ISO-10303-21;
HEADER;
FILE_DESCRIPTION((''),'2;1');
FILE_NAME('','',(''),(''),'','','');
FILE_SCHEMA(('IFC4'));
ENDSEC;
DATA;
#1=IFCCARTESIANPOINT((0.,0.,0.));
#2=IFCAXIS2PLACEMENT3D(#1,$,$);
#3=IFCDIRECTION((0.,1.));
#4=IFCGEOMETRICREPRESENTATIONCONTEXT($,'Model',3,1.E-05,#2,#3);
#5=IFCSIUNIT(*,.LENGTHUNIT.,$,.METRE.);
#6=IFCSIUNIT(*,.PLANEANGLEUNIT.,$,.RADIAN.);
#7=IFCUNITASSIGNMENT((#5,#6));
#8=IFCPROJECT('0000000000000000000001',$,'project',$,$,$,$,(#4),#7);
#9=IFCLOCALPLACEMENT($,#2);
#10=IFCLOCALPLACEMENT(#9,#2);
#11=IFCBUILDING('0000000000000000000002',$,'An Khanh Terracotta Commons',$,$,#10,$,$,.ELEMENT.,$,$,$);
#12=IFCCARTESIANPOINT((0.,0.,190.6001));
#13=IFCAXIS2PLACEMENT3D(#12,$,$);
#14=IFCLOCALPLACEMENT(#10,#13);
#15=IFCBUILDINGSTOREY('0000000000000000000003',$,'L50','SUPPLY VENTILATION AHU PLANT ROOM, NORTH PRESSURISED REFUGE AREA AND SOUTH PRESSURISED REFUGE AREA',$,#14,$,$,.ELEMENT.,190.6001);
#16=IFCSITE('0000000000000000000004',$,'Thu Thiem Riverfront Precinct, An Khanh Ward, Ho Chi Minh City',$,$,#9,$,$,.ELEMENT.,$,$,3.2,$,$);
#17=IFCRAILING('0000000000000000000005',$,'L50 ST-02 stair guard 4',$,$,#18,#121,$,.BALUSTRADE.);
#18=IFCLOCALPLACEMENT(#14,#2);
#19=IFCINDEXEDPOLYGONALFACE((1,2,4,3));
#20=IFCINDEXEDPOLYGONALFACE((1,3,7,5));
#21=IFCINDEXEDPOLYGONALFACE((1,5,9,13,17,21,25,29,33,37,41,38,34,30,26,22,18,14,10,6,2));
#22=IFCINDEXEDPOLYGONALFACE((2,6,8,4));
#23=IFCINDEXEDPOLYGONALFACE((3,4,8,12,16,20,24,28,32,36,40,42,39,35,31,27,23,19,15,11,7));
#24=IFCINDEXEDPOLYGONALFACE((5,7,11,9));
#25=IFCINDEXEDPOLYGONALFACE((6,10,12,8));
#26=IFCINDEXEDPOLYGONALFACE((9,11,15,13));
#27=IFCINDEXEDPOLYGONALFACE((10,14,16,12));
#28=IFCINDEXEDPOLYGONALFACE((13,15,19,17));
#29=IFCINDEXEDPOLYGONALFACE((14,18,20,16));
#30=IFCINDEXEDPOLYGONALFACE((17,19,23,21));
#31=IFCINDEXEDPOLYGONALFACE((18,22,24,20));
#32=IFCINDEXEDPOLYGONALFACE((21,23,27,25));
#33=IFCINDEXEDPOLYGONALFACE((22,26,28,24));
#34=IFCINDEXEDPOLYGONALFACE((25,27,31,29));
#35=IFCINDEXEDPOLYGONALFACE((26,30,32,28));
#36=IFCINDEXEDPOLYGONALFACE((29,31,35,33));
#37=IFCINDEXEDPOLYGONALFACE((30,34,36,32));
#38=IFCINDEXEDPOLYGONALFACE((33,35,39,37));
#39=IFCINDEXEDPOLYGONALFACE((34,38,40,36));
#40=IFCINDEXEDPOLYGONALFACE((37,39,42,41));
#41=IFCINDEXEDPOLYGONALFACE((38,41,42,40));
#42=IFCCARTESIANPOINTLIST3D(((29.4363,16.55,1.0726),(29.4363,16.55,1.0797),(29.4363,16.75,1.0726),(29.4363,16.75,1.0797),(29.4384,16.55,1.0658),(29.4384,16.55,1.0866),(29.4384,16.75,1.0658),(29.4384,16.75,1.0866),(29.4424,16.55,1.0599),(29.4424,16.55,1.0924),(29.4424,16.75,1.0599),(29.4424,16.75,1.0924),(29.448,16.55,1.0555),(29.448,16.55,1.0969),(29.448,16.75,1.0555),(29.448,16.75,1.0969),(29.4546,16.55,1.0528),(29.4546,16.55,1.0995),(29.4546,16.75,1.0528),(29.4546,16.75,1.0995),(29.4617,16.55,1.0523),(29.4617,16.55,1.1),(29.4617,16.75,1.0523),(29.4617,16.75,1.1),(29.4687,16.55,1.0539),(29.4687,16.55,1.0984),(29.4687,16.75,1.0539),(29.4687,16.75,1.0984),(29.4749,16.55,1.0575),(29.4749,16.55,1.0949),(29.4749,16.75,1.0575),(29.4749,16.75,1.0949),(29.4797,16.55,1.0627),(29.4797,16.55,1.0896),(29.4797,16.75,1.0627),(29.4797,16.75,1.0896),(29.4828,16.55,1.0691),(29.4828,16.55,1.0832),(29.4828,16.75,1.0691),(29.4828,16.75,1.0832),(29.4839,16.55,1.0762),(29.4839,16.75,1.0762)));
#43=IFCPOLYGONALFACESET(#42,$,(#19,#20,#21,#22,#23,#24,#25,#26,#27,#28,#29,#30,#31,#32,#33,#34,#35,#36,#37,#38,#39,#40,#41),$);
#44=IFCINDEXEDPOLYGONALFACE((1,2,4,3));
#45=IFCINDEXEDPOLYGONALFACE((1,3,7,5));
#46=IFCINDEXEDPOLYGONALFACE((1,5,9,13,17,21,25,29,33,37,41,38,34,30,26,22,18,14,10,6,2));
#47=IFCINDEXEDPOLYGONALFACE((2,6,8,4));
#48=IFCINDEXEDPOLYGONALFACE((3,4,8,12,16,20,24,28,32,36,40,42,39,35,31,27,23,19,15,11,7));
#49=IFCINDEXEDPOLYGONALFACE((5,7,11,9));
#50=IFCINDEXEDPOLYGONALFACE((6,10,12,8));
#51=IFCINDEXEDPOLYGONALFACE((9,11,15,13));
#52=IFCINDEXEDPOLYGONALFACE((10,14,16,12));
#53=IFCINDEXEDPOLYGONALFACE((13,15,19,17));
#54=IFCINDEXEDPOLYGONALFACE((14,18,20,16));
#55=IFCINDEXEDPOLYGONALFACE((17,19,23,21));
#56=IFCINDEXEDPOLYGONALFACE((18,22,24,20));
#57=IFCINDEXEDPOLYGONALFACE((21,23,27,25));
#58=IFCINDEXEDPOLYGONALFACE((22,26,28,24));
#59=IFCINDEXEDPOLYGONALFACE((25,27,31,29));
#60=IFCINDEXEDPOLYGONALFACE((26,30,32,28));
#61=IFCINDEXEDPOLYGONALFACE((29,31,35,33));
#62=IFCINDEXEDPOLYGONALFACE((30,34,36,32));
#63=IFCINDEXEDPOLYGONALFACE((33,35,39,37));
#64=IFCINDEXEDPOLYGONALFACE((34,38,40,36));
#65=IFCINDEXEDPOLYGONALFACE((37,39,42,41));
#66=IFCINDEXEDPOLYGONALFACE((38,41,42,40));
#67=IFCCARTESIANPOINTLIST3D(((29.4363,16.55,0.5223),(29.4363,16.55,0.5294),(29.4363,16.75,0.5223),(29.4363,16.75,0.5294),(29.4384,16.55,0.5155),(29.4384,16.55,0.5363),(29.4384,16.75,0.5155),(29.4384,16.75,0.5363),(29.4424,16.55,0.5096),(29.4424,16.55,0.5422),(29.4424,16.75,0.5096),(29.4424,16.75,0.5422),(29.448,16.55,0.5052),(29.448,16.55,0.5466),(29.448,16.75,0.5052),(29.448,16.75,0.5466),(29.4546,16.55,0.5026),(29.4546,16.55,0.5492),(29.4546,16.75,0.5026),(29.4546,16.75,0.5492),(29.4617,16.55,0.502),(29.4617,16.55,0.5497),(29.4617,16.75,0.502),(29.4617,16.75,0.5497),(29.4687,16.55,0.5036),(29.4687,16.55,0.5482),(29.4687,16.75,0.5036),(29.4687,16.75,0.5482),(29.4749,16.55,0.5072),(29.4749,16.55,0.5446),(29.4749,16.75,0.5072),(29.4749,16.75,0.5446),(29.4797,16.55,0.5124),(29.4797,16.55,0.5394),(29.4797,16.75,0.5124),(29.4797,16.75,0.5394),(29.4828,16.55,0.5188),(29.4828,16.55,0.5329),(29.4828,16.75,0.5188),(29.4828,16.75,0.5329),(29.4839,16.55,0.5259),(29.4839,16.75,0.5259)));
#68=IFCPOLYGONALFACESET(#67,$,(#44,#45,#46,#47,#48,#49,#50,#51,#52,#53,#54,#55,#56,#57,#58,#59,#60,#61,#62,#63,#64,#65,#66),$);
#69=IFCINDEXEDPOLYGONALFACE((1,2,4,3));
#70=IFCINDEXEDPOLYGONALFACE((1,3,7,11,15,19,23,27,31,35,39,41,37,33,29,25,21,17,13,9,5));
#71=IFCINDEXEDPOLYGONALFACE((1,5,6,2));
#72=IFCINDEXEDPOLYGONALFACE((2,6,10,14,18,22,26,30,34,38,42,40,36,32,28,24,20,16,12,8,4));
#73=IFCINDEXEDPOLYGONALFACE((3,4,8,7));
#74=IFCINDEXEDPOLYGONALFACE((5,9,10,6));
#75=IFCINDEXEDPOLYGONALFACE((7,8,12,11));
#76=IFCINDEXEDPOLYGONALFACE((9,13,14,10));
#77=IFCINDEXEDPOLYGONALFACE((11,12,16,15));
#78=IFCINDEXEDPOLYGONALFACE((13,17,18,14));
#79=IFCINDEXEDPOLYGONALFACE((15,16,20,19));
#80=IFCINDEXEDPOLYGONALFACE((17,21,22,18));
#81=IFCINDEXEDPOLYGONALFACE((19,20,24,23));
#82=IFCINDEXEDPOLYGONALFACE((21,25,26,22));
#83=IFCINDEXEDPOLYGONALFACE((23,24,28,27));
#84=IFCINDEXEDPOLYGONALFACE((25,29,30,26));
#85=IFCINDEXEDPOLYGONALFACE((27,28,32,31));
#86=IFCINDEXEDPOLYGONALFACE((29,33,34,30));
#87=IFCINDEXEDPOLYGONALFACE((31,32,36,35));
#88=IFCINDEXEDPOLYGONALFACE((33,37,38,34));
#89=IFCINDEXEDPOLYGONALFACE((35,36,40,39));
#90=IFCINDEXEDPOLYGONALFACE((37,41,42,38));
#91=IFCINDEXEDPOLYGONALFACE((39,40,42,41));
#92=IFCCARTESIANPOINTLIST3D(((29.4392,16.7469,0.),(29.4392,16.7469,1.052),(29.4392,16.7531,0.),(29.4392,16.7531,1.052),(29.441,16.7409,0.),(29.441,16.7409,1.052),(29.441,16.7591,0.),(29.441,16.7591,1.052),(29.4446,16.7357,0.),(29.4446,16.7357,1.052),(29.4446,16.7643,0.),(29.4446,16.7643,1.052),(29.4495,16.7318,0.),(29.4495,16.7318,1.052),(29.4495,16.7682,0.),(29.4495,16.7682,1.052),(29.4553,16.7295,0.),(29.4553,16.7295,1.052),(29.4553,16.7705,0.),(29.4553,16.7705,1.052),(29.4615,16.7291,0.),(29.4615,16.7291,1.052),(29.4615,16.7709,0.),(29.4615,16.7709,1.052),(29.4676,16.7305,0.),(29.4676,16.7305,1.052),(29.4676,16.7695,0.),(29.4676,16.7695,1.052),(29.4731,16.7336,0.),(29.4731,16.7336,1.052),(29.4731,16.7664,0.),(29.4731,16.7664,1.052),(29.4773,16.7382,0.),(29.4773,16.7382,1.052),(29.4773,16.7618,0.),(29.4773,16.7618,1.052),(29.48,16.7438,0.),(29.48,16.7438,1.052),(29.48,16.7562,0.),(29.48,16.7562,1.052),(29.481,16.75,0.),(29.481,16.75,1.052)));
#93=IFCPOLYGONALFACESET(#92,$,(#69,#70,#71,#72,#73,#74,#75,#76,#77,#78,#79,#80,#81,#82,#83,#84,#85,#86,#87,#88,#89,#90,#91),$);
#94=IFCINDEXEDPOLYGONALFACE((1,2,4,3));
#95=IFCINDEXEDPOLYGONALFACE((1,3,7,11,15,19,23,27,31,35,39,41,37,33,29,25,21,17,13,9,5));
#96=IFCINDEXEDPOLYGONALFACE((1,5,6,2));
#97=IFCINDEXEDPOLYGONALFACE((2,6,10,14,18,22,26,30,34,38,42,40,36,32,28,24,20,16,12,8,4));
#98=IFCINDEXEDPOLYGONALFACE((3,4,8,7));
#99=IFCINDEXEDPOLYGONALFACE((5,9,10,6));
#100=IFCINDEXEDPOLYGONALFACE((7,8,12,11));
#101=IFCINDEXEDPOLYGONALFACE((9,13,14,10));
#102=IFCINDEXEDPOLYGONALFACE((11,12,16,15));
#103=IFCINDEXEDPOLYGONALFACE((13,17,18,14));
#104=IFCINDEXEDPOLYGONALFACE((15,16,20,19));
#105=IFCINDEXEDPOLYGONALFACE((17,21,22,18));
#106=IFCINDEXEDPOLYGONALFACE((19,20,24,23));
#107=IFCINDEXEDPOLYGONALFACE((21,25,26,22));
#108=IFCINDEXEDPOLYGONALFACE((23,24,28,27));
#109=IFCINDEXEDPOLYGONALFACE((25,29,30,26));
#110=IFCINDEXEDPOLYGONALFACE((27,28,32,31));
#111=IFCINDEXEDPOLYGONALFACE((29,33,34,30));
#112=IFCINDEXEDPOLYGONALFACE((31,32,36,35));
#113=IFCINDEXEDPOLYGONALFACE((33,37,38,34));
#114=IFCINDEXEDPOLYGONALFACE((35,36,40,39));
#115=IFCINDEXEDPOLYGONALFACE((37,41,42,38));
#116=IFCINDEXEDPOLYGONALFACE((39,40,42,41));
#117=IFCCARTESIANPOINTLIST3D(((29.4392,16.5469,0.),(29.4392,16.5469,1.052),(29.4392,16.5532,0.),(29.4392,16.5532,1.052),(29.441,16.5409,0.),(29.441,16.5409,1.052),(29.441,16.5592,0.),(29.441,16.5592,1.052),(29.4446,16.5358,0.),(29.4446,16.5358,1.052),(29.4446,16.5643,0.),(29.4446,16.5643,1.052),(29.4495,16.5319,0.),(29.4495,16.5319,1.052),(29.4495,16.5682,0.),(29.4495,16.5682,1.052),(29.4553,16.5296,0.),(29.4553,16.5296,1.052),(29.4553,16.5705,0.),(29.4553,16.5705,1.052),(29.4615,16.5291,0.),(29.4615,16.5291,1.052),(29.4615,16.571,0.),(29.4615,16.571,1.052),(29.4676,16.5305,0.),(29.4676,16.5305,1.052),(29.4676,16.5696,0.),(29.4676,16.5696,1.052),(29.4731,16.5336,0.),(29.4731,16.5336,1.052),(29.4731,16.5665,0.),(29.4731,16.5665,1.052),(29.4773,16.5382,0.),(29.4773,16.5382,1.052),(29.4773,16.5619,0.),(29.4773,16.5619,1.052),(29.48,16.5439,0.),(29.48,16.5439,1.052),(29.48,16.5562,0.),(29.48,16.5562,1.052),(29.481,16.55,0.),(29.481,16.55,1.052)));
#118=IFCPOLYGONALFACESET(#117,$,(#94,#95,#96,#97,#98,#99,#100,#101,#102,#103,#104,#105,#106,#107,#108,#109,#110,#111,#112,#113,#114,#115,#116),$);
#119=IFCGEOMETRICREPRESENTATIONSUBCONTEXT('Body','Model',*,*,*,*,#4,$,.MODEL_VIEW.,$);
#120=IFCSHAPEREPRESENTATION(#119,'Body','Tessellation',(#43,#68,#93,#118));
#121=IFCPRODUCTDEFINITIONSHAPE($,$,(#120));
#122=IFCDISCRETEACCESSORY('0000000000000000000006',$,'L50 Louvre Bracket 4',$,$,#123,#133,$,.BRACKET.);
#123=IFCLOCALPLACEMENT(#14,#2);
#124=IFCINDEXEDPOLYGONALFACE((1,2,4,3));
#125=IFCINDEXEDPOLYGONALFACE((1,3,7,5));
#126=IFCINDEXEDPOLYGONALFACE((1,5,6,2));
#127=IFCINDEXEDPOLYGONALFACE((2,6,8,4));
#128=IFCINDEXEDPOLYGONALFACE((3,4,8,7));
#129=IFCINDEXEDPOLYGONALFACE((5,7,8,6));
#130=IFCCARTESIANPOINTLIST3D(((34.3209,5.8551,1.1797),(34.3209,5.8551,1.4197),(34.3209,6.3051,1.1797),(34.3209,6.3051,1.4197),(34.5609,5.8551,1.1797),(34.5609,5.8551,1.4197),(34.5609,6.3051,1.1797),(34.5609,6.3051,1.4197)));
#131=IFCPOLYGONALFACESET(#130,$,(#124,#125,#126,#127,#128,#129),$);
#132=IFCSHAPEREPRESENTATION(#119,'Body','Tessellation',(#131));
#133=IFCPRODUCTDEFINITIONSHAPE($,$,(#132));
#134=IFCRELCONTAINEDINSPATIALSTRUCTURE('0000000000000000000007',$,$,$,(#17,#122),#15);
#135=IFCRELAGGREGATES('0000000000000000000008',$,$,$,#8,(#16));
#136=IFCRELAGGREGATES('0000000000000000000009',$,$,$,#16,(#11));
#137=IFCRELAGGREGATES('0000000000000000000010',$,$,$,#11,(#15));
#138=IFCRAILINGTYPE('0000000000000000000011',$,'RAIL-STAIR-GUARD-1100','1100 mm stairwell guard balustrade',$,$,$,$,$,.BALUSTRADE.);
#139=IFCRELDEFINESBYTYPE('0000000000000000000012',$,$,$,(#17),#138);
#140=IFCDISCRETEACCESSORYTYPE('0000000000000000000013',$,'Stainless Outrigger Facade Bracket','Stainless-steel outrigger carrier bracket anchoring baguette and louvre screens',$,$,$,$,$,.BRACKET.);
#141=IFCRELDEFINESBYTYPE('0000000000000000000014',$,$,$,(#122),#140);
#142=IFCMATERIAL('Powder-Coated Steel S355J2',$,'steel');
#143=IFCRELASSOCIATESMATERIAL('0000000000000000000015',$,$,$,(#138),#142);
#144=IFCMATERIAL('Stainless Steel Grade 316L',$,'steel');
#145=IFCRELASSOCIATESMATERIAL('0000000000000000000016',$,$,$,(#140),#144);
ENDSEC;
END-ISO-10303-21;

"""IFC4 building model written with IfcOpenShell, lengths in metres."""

from ifc_helpers import new_model, si_unit, direction, frame, origin, origin_2d, place, context, subcontext, project, spatial, rectangle, circle, extrude, material, type_object, element, save


model = new_model("IFC4")

# Units and contexts
model_context = context("Model", 3, precision=1e-05, world=origin(), true_north=direction((0.0, 1.0)))
body_context = subcontext(model_context, "Body", "Model", "MODEL_VIEW")
ifc_project = project(units=[si_unit("LENGTHUNIT", "METRE"), si_unit("PLANEANGLEUNIT", "RADIAN")], contexts=[model_context])

# Site, building, storey
site_placement = place(None, origin())
site = spatial("IfcSite", under=ifc_project, at=site_placement, Name="Thu Thiem Riverfront Precinct, An Khanh Ward, Ho Chi Minh City", CompositionType="ELEMENT", RefElevation=3.2)
building_placement = place(site_placement, origin())
building = spatial("IfcBuilding", under=site, at=building_placement, Name="An Khanh Terracotta Commons", CompositionType="ELEMENT")
storey_placement = place(building_placement, frame((0.0, 0.0, 190.6001)))
storey = spatial("IfcBuildingStorey", under=building, at=storey_placement, Name="L50", Description="SUPPLY VENTILATION AHU PLANT ROOM, NORTH PRESSURISED REFUGE AREA AND SOUTH PRESSURISED REFUGE AREA", CompositionType="ELEMENT", Elevation=190.6001)

# Railing
ifc_material_1 = material(Name="Powder-Coated Steel S355J2", Category="steel")
railing_type_1 = type_object("IfcRailingType", Name="RAIL-STAIR-GUARD-1100", Description="1100 mm stairwell guard balustrade", PredefinedType="BALUSTRADE", material=ifc_material_1)
railing_1_placement = place(storey_placement, frame((29.46, 16.75, 0.0)))
element("IfcRailing", 1, at=railing_1_placement, inside=storey, type_object=railing_type_1, Name="L50 ST-02 stair guard 4", PredefinedType="BALUSTRADE", context=body_context, shape_type="SweptSolid", body=[
    extrude(circle(Radius=0.0239, at=origin_2d()), frame((0.0, 0.0, 1.0762), z_axis=(0.0, -1.0, 0.0), x_axis=(1.0, 0.0, 0.0)), (0.0, 0.0, 1.0), 0.2),
    extrude(circle(Radius=0.0239, at=origin_2d()), frame((0.0, 0.0, 0.5259), z_axis=(0.0, -1.0, 0.0), x_axis=(1.0, 0.0, 0.0)), (0.0, 0.0, 1.0), 0.2),
    extrude(circle(Radius=0.021, at=origin_2d()), origin(), (0.0, 0.0, 1.0), 1.052),
    extrude(circle(Radius=0.021, at=origin_2d()), frame((0.0, -0.2, 0.0)), (0.0, 0.0, 1.0), 1.052),
])

# Discrete accessory
ifc_material_2 = material(Name="Stainless Steel Grade 316L", Category="steel")
discrete_accessory_type = type_object("IfcDiscreteAccessoryType", Name="Stainless Outrigger Facade Bracket", Description="Stainless-steel outrigger carrier bracket anchoring baguette and louvre screens", PredefinedType="BRACKET", material=ifc_material_2)
discrete_accessory_placement = place(storey_placement, frame((34.4409, 6.0801, 1.1797), z_axis=(0.0, 0.0, 1.0), x_axis=(1.0, 0.0, 0.0)))
element("IfcDiscreteAccessory", 2, at=discrete_accessory_placement, inside=storey, type_object=discrete_accessory_type, Name="L50 Louvre Bracket 4", PredefinedType="BRACKET", context=body_context, shape_type="SweptSolid", body=[
    extrude(rectangle(XDim=0.24, YDim=0.45, at=origin_2d()), origin(), (0.0, 0.0, 1.0), 0.24),
])

save(model, "model.ifc")
